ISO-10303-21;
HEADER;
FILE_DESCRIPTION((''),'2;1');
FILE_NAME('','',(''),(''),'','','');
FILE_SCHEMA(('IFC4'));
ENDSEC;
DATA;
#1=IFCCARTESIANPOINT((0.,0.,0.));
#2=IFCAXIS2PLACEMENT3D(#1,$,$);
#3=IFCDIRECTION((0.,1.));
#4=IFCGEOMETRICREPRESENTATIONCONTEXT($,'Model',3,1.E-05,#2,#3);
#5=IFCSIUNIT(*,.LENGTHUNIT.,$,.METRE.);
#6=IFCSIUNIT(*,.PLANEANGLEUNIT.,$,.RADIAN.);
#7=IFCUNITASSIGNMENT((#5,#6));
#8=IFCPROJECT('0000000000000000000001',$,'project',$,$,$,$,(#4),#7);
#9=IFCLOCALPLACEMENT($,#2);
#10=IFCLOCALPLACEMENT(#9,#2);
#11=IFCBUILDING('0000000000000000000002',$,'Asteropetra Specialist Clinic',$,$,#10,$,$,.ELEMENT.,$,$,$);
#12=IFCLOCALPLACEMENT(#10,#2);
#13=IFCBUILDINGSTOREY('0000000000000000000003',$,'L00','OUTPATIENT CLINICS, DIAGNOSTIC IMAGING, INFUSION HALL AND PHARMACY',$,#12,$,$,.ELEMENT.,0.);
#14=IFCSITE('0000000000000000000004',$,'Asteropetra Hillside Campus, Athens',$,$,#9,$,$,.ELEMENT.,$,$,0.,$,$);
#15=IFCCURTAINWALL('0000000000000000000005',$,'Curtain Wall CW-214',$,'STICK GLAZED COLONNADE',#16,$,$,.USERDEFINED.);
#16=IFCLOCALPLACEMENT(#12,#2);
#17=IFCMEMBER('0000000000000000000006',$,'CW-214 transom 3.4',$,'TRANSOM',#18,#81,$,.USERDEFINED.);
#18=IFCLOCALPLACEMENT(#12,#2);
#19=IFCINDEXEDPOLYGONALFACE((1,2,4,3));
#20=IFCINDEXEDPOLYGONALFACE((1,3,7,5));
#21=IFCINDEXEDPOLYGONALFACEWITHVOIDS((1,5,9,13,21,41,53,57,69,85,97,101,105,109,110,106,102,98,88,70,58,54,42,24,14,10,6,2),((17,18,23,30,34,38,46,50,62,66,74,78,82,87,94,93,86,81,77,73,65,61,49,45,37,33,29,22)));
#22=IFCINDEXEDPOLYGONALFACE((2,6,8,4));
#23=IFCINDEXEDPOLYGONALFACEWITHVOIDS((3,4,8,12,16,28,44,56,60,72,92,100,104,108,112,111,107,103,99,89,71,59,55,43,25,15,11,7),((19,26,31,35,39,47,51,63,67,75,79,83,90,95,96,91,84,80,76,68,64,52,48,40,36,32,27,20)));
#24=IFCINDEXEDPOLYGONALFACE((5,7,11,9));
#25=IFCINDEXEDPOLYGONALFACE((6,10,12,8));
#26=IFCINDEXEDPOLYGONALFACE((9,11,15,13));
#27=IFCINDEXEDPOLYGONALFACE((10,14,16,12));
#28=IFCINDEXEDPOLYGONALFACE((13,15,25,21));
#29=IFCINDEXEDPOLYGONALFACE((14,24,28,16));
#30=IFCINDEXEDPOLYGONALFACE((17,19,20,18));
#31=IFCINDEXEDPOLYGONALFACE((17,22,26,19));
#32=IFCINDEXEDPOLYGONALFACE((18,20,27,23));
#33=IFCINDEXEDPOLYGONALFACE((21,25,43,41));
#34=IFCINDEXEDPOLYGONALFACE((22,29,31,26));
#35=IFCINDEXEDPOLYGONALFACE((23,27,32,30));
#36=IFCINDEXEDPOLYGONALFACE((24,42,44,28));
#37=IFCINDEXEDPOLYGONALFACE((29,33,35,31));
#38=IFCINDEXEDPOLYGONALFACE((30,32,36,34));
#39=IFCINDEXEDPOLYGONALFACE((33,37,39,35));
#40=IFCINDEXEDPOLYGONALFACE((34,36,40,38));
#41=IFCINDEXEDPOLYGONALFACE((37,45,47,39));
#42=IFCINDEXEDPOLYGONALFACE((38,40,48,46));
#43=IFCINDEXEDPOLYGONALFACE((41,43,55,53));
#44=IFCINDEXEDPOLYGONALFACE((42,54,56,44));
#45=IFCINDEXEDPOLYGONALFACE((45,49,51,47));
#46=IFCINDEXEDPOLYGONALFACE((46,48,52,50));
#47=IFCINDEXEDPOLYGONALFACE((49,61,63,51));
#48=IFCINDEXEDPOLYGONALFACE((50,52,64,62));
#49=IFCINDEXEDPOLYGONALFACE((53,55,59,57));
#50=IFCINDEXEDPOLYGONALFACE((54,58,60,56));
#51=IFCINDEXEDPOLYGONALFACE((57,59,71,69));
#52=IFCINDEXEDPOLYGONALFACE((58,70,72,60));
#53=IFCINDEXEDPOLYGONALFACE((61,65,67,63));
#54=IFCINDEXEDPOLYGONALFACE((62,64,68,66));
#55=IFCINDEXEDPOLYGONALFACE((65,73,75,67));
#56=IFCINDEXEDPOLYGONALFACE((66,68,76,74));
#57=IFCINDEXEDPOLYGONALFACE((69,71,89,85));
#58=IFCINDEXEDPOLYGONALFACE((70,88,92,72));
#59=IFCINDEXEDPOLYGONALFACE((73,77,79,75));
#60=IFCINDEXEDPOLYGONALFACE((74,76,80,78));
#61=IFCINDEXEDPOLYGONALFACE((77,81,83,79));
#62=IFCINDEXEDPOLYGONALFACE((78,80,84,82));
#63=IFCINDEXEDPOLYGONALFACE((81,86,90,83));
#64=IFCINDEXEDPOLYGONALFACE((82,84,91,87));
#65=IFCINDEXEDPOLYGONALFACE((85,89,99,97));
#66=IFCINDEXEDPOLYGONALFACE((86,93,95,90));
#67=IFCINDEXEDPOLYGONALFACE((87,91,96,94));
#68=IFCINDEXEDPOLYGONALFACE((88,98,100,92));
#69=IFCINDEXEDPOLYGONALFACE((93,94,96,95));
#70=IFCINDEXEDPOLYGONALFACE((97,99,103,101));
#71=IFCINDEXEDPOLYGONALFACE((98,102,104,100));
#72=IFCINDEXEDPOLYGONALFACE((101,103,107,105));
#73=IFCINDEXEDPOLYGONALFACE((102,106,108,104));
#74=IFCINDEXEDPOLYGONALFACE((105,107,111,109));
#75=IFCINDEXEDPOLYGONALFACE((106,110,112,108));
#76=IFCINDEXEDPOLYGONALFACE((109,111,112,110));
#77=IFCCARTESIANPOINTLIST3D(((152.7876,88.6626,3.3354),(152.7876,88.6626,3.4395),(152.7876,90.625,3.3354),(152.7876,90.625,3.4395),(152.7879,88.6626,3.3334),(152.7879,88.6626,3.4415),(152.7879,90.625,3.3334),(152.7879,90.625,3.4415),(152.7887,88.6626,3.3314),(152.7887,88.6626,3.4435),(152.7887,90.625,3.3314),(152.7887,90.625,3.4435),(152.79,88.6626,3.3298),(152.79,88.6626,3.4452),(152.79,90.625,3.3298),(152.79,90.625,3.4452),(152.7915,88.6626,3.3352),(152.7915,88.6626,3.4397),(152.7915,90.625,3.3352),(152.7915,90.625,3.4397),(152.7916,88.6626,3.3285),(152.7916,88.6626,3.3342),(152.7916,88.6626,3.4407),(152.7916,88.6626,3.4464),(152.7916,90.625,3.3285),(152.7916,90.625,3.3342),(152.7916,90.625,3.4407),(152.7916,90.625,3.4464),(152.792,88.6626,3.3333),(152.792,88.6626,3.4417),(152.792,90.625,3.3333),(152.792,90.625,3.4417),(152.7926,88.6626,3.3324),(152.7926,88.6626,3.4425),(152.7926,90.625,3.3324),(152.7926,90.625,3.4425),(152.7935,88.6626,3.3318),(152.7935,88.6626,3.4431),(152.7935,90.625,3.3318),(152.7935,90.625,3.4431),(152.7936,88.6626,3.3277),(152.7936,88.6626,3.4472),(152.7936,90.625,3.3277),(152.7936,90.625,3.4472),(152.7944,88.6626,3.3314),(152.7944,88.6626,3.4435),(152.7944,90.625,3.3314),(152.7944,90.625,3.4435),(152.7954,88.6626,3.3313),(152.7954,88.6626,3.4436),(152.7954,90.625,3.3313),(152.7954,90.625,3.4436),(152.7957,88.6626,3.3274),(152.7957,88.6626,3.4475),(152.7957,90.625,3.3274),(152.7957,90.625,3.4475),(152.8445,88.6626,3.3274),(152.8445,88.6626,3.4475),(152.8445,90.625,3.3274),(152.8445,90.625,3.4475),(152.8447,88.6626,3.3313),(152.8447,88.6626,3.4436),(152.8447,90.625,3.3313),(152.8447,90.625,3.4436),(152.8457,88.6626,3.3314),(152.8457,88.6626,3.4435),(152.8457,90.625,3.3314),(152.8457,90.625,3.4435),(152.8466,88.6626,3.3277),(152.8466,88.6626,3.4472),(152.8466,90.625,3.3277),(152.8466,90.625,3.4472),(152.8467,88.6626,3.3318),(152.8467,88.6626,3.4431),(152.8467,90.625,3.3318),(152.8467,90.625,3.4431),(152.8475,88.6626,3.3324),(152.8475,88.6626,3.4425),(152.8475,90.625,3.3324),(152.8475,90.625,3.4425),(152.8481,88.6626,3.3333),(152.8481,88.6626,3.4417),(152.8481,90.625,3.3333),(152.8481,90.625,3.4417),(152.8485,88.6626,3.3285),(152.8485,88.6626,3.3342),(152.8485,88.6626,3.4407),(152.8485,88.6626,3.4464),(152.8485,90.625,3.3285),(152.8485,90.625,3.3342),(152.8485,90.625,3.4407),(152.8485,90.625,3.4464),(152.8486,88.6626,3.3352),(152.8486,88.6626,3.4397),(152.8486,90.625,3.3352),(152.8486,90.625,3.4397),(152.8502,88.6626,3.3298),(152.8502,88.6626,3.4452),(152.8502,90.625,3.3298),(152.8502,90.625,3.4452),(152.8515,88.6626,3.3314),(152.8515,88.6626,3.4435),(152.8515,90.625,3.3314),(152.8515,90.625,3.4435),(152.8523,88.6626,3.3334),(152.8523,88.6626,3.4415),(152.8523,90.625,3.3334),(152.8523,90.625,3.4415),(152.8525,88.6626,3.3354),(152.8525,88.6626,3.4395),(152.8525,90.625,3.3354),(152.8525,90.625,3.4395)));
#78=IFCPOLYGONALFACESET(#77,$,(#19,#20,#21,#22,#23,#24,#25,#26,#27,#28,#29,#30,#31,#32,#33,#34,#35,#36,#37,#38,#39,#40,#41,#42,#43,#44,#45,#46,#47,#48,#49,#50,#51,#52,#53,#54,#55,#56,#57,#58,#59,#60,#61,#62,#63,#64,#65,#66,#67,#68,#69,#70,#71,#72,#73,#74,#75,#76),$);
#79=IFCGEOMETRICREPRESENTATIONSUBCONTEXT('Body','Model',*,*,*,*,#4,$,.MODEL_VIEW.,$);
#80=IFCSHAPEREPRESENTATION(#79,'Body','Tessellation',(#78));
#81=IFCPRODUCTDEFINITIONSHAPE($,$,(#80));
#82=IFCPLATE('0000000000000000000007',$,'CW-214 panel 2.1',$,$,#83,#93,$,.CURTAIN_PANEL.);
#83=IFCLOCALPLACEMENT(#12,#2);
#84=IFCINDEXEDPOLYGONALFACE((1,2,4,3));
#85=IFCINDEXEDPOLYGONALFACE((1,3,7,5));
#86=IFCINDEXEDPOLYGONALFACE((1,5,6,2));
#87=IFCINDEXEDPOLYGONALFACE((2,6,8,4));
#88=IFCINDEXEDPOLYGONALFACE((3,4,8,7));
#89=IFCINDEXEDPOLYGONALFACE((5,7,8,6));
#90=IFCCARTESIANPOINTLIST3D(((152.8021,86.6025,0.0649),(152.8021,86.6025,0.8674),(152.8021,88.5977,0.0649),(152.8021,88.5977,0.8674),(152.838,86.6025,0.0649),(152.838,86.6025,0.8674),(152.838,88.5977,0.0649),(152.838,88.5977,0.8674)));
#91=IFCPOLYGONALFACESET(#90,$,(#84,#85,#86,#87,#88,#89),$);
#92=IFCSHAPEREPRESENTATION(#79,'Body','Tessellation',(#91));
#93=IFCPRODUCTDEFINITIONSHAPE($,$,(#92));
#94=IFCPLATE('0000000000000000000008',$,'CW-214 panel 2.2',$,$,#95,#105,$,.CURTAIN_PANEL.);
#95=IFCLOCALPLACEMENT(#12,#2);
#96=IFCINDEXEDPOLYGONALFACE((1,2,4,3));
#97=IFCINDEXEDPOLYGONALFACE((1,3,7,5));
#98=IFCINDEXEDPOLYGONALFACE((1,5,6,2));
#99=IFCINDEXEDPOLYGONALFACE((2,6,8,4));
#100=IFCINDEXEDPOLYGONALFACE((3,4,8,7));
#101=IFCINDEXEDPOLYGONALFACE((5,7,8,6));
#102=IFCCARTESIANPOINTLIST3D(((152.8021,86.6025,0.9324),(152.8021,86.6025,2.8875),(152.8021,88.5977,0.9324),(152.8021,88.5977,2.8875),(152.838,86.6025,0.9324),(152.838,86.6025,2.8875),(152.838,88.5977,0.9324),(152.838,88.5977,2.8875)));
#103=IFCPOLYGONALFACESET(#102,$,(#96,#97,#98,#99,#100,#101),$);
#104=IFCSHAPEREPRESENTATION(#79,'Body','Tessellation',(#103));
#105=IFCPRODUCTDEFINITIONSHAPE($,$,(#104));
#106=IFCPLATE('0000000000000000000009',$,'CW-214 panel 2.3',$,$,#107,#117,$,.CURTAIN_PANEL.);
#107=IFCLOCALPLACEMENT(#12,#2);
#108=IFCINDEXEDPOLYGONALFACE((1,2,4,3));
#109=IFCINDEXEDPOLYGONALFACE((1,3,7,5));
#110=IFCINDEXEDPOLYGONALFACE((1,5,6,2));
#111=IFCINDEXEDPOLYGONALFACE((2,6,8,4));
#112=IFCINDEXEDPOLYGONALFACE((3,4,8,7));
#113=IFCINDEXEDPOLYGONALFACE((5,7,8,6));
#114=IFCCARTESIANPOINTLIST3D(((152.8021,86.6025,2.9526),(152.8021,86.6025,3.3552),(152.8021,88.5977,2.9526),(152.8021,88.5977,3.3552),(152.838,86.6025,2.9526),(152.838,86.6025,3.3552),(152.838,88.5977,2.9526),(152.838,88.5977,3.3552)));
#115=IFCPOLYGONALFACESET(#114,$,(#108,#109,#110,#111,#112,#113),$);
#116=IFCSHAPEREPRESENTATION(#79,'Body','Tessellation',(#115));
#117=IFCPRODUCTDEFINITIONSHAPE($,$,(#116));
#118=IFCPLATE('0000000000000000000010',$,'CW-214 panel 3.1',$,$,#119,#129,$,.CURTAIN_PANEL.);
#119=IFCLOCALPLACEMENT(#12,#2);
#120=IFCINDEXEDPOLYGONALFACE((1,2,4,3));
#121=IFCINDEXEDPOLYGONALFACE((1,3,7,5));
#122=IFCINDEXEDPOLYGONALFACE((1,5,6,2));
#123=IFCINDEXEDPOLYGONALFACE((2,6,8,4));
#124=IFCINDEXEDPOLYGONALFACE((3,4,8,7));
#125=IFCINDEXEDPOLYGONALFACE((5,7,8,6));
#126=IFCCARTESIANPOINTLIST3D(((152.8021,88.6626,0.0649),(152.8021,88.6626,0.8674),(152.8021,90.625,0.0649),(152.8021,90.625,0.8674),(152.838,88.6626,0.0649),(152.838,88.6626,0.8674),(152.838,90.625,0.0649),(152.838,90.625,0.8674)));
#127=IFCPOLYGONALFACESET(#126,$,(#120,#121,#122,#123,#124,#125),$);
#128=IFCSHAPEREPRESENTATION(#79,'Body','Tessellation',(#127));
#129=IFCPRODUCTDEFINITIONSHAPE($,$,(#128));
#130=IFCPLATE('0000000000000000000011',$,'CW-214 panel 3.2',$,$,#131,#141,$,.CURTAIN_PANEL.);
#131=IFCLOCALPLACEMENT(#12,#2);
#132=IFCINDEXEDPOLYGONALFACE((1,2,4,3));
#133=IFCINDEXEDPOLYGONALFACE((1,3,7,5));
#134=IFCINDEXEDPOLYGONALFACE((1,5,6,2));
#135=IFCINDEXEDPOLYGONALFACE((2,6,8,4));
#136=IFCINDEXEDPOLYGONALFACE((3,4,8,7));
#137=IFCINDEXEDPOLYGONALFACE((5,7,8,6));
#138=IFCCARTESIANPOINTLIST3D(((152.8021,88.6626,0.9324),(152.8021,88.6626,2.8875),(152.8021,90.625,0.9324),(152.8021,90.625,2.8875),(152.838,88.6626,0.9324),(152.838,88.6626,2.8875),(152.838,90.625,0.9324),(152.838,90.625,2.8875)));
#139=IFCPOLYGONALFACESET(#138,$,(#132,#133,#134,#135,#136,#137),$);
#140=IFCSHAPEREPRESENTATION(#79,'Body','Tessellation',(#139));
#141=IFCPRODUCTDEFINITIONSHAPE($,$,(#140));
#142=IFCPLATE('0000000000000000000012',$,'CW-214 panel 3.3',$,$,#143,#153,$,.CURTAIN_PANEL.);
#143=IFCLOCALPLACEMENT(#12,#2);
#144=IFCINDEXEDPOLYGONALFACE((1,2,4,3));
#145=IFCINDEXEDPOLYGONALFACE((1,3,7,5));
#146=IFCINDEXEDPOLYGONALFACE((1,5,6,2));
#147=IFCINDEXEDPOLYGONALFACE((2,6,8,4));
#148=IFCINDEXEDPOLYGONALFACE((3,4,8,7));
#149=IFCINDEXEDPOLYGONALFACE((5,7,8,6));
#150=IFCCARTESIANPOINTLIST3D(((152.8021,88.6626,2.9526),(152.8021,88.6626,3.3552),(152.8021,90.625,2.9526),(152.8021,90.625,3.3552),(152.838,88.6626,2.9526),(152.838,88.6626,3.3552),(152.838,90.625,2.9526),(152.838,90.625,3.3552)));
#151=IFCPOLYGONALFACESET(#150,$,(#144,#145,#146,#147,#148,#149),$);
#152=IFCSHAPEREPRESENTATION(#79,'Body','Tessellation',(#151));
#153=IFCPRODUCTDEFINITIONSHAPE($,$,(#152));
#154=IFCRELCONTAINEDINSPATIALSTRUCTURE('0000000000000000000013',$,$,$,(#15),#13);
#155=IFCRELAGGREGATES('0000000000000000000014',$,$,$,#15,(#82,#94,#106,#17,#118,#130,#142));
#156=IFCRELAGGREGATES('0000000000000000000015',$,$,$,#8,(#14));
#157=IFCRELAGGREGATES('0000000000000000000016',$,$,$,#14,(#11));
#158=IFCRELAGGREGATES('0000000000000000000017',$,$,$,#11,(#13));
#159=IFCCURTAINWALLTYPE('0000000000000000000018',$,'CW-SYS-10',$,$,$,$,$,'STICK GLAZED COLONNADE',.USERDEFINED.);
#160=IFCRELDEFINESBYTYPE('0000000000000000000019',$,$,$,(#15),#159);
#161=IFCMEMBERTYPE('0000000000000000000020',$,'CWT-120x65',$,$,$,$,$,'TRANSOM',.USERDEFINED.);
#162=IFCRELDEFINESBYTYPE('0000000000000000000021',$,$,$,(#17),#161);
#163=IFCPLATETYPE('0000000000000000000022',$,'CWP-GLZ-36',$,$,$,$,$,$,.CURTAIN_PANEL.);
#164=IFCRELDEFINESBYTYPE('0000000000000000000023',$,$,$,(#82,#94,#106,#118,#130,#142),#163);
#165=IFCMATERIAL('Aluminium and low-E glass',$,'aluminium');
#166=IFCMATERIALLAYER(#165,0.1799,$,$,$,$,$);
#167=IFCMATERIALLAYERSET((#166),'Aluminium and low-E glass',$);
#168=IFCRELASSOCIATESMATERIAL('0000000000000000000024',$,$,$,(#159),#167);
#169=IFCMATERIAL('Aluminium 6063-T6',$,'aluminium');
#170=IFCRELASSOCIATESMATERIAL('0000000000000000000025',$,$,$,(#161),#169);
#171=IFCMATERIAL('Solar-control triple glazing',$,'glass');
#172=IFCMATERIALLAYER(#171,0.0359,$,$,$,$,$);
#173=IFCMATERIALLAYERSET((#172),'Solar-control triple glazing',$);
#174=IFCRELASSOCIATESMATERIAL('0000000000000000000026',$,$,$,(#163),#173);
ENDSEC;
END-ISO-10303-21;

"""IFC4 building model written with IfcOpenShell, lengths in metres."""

from ifc_helpers import new_model, si_unit, direction, frame, origin, origin_2d, place, context, subcontext, project, spatial, rectangle, hollow_rectangle, extrude, material, layer, layer_set, material_profile, profile_set, type_object, element, aggregate, save


model = new_model("IFC4")

# Units and contexts
model_context = context("Model", 3, precision=1e-05, world=origin(), true_north=direction((0.0, 1.0)))
body_context = subcontext(model_context, "Body", "Model", "MODEL_VIEW")
ifc_project = project(units=[si_unit("LENGTHUNIT", "METRE"), si_unit("PLANEANGLEUNIT", "RADIAN")], contexts=[model_context])

# Site, building, storey
site_placement = place(None, origin())
site = spatial("IfcSite", under=ifc_project, at=site_placement, Name="Asteropetra Hillside Campus, Athens", CompositionType="ELEMENT", RefElevation=0.0)
building_placement = place(site_placement, origin())
building = spatial("IfcBuilding", under=site, at=building_placement, Name="Asteropetra Specialist Clinic", CompositionType="ELEMENT")
storey_placement = place(building_placement, origin())
storey = spatial("IfcBuildingStorey", under=building, at=storey_placement, Name="L00", Description="OUTPATIENT CLINICS, DIAGNOSTIC IMAGING, INFUSION HALL AND PHARMACY", CompositionType="ELEMENT", Elevation=0.0)

# Curtain wall, member, plates
ifc_material_1 = material(Name="Aluminium and low-E glass", Category="aluminium")
ifc_layer_1 = layer(ifc_material_1, 0.1799)
ifc_layer_set_1 = layer_set([ifc_layer_1], Name="Aluminium and low-E glass")
curtain_wall_type = type_object("IfcCurtainWallType", Name="CW-SYS-10", ElementType="STICK GLAZED COLONNADE", PredefinedType="USERDEFINED", material=ifc_layer_set_1)
curtain_wall_placement = place(storey_placement, origin())
curtain_wall = element("IfcCurtainWall", 1, at=curtain_wall_placement, inside=storey, type_object=curtain_wall_type, Name="Curtain Wall CW-214", ObjectType="STICK GLAZED COLONNADE", PredefinedType="USERDEFINED")
ifc_material_2 = material(Name="Aluminium 6063-T6", Category="aluminium")
ifc_material_profile_1 = material_profile(ifc_material_2, hollow_rectangle(XDim=0.0649, YDim=0.1201, WallThickness=0.0039, InnerFilletRadius=0.0039, OuterFilletRadius=0.0081, at=origin_2d()), Name="TRN 120x65x4.0")
ifc_profile_set_1 = profile_set([ifc_material_profile_1], Name="Aluminium 6063-T6")
member_type_1 = type_object("IfcMemberType", Name="CWT-120x65", ElementType="TRANSOM", PredefinedType="USERDEFINED", material=ifc_profile_set_1)
member_1_placement = place(storey_placement, frame((152.8201, 88.6626, 3.3875), z_axis=(0.0, 1.0, 0.0), x_axis=(-1.0, 0.0, 0.0)))
member_1 = element("IfcMember", 2, at=member_1_placement, type_object=member_type_1, Name="CW-214 transom 3.4", ObjectType="TRANSOM", PredefinedType="USERDEFINED", context=body_context, shape_type="SweptSolid", body=[
    extrude(hollow_rectangle(XDim=0.0649, YDim=0.1201, WallThickness=0.0039, InnerFilletRadius=0.0039, OuterFilletRadius=0.0081, at=origin_2d()), origin(), (0.0, 0.0, 1.0), 1.9624),
])
ifc_material_3 = material(Name="Solar-control triple glazing", Category="glass")
ifc_layer_2 = layer(ifc_material_3, 0.0359)
ifc_layer_set_2 = layer_set([ifc_layer_2], Name="Solar-control triple glazing")
plate_type = type_object("IfcPlateType", Name="CWP-GLZ-36", PredefinedType="CURTAIN_PANEL", material=ifc_layer_set_2)
plate_1_placement = place(storey_placement, frame((152.8201, 87.6001, 0.0649), z_axis=(0.0, 0.0, 1.0), x_axis=(0.0, 1.0, 0.0)))
plate_1 = element("IfcPlate", 3, at=plate_1_placement, type_object=plate_type, Name="CW-214 panel 2.1", PredefinedType="CURTAIN_PANEL", context=body_context, shape_type="SweptSolid", body=[
    extrude(rectangle(XDim=1.9951, YDim=0.0359, at=origin_2d()), origin(), (0.0, 0.0, 1.0), 0.8025),
])
plate_2_placement = place(storey_placement, frame((152.8201, 87.6001, 0.9324), z_axis=(0.0, 0.0, 1.0), x_axis=(0.0, 1.0, 0.0)))
plate_2 = element("IfcPlate", 4, at=plate_2_placement, type_object=plate_type, Name="CW-214 panel 2.2", PredefinedType="CURTAIN_PANEL", context=body_context, shape_type="SweptSolid", body=[
    extrude(rectangle(XDim=1.9951, YDim=0.0359, at=origin_2d()), origin(), (0.0, 0.0, 1.0), 1.9551),
])
plate_3_placement = place(storey_placement, frame((152.8201, 87.6001, 2.9526), z_axis=(0.0, 0.0, 1.0), x_axis=(0.0, 1.0, 0.0)))
plate_3 = element("IfcPlate", 5, at=plate_3_placement, type_object=plate_type, Name="CW-214 panel 2.3", PredefinedType="CURTAIN_PANEL", context=body_context, shape_type="SweptSolid", body=[
    extrude(rectangle(XDim=1.9951, YDim=0.0359, at=origin_2d()), origin(), (0.0, 0.0, 1.0), 0.4026),
])
plate_4_placement = place(storey_placement, frame((152.8201, 89.6438, 0.0649), z_axis=(0.0, 0.0, 1.0), x_axis=(0.0, 1.0, 0.0)))
plate_4 = element("IfcPlate", 6, at=plate_4_placement, type_object=plate_type, Name="CW-214 panel 3.1", PredefinedType="CURTAIN_PANEL", context=body_context, shape_type="SweptSolid", body=[
    extrude(rectangle(XDim=1.9624, YDim=0.0359, at=origin_2d()), origin(), (0.0, 0.0, 1.0), 0.8025),
])
plate_5_placement = place(storey_placement, frame((152.8201, 89.6438, 0.9324), z_axis=(0.0, 0.0, 1.0), x_axis=(0.0, 1.0, 0.0)))
plate_5 = element("IfcPlate", 7, at=plate_5_placement, type_object=plate_type, Name="CW-214 panel 3.2", PredefinedType="CURTAIN_PANEL", context=body_context, shape_type="SweptSolid", body=[
    extrude(rectangle(XDim=1.9624, YDim=0.0359, at=origin_2d()), origin(), (0.0, 0.0, 1.0), 1.9551),
])
plate_6_placement = place(storey_placement, frame((152.8201, 89.6438, 2.9526), z_axis=(0.0, 0.0, 1.0), x_axis=(0.0, 1.0, 0.0)))
plate_6 = element("IfcPlate", 8, at=plate_6_placement, type_object=plate_type, Name="CW-214 panel 3.3", PredefinedType="CURTAIN_PANEL", context=body_context, shape_type="SweptSolid", body=[
    extrude(rectangle(XDim=1.9624, YDim=0.0359, at=origin_2d()), origin(), (0.0, 0.0, 1.0), 0.4026),
])
aggregate(curtain_wall, [plate_1, plate_2, plate_3, member_1, plate_4, plate_5, plate_6])

save(model, "model.ifc")
